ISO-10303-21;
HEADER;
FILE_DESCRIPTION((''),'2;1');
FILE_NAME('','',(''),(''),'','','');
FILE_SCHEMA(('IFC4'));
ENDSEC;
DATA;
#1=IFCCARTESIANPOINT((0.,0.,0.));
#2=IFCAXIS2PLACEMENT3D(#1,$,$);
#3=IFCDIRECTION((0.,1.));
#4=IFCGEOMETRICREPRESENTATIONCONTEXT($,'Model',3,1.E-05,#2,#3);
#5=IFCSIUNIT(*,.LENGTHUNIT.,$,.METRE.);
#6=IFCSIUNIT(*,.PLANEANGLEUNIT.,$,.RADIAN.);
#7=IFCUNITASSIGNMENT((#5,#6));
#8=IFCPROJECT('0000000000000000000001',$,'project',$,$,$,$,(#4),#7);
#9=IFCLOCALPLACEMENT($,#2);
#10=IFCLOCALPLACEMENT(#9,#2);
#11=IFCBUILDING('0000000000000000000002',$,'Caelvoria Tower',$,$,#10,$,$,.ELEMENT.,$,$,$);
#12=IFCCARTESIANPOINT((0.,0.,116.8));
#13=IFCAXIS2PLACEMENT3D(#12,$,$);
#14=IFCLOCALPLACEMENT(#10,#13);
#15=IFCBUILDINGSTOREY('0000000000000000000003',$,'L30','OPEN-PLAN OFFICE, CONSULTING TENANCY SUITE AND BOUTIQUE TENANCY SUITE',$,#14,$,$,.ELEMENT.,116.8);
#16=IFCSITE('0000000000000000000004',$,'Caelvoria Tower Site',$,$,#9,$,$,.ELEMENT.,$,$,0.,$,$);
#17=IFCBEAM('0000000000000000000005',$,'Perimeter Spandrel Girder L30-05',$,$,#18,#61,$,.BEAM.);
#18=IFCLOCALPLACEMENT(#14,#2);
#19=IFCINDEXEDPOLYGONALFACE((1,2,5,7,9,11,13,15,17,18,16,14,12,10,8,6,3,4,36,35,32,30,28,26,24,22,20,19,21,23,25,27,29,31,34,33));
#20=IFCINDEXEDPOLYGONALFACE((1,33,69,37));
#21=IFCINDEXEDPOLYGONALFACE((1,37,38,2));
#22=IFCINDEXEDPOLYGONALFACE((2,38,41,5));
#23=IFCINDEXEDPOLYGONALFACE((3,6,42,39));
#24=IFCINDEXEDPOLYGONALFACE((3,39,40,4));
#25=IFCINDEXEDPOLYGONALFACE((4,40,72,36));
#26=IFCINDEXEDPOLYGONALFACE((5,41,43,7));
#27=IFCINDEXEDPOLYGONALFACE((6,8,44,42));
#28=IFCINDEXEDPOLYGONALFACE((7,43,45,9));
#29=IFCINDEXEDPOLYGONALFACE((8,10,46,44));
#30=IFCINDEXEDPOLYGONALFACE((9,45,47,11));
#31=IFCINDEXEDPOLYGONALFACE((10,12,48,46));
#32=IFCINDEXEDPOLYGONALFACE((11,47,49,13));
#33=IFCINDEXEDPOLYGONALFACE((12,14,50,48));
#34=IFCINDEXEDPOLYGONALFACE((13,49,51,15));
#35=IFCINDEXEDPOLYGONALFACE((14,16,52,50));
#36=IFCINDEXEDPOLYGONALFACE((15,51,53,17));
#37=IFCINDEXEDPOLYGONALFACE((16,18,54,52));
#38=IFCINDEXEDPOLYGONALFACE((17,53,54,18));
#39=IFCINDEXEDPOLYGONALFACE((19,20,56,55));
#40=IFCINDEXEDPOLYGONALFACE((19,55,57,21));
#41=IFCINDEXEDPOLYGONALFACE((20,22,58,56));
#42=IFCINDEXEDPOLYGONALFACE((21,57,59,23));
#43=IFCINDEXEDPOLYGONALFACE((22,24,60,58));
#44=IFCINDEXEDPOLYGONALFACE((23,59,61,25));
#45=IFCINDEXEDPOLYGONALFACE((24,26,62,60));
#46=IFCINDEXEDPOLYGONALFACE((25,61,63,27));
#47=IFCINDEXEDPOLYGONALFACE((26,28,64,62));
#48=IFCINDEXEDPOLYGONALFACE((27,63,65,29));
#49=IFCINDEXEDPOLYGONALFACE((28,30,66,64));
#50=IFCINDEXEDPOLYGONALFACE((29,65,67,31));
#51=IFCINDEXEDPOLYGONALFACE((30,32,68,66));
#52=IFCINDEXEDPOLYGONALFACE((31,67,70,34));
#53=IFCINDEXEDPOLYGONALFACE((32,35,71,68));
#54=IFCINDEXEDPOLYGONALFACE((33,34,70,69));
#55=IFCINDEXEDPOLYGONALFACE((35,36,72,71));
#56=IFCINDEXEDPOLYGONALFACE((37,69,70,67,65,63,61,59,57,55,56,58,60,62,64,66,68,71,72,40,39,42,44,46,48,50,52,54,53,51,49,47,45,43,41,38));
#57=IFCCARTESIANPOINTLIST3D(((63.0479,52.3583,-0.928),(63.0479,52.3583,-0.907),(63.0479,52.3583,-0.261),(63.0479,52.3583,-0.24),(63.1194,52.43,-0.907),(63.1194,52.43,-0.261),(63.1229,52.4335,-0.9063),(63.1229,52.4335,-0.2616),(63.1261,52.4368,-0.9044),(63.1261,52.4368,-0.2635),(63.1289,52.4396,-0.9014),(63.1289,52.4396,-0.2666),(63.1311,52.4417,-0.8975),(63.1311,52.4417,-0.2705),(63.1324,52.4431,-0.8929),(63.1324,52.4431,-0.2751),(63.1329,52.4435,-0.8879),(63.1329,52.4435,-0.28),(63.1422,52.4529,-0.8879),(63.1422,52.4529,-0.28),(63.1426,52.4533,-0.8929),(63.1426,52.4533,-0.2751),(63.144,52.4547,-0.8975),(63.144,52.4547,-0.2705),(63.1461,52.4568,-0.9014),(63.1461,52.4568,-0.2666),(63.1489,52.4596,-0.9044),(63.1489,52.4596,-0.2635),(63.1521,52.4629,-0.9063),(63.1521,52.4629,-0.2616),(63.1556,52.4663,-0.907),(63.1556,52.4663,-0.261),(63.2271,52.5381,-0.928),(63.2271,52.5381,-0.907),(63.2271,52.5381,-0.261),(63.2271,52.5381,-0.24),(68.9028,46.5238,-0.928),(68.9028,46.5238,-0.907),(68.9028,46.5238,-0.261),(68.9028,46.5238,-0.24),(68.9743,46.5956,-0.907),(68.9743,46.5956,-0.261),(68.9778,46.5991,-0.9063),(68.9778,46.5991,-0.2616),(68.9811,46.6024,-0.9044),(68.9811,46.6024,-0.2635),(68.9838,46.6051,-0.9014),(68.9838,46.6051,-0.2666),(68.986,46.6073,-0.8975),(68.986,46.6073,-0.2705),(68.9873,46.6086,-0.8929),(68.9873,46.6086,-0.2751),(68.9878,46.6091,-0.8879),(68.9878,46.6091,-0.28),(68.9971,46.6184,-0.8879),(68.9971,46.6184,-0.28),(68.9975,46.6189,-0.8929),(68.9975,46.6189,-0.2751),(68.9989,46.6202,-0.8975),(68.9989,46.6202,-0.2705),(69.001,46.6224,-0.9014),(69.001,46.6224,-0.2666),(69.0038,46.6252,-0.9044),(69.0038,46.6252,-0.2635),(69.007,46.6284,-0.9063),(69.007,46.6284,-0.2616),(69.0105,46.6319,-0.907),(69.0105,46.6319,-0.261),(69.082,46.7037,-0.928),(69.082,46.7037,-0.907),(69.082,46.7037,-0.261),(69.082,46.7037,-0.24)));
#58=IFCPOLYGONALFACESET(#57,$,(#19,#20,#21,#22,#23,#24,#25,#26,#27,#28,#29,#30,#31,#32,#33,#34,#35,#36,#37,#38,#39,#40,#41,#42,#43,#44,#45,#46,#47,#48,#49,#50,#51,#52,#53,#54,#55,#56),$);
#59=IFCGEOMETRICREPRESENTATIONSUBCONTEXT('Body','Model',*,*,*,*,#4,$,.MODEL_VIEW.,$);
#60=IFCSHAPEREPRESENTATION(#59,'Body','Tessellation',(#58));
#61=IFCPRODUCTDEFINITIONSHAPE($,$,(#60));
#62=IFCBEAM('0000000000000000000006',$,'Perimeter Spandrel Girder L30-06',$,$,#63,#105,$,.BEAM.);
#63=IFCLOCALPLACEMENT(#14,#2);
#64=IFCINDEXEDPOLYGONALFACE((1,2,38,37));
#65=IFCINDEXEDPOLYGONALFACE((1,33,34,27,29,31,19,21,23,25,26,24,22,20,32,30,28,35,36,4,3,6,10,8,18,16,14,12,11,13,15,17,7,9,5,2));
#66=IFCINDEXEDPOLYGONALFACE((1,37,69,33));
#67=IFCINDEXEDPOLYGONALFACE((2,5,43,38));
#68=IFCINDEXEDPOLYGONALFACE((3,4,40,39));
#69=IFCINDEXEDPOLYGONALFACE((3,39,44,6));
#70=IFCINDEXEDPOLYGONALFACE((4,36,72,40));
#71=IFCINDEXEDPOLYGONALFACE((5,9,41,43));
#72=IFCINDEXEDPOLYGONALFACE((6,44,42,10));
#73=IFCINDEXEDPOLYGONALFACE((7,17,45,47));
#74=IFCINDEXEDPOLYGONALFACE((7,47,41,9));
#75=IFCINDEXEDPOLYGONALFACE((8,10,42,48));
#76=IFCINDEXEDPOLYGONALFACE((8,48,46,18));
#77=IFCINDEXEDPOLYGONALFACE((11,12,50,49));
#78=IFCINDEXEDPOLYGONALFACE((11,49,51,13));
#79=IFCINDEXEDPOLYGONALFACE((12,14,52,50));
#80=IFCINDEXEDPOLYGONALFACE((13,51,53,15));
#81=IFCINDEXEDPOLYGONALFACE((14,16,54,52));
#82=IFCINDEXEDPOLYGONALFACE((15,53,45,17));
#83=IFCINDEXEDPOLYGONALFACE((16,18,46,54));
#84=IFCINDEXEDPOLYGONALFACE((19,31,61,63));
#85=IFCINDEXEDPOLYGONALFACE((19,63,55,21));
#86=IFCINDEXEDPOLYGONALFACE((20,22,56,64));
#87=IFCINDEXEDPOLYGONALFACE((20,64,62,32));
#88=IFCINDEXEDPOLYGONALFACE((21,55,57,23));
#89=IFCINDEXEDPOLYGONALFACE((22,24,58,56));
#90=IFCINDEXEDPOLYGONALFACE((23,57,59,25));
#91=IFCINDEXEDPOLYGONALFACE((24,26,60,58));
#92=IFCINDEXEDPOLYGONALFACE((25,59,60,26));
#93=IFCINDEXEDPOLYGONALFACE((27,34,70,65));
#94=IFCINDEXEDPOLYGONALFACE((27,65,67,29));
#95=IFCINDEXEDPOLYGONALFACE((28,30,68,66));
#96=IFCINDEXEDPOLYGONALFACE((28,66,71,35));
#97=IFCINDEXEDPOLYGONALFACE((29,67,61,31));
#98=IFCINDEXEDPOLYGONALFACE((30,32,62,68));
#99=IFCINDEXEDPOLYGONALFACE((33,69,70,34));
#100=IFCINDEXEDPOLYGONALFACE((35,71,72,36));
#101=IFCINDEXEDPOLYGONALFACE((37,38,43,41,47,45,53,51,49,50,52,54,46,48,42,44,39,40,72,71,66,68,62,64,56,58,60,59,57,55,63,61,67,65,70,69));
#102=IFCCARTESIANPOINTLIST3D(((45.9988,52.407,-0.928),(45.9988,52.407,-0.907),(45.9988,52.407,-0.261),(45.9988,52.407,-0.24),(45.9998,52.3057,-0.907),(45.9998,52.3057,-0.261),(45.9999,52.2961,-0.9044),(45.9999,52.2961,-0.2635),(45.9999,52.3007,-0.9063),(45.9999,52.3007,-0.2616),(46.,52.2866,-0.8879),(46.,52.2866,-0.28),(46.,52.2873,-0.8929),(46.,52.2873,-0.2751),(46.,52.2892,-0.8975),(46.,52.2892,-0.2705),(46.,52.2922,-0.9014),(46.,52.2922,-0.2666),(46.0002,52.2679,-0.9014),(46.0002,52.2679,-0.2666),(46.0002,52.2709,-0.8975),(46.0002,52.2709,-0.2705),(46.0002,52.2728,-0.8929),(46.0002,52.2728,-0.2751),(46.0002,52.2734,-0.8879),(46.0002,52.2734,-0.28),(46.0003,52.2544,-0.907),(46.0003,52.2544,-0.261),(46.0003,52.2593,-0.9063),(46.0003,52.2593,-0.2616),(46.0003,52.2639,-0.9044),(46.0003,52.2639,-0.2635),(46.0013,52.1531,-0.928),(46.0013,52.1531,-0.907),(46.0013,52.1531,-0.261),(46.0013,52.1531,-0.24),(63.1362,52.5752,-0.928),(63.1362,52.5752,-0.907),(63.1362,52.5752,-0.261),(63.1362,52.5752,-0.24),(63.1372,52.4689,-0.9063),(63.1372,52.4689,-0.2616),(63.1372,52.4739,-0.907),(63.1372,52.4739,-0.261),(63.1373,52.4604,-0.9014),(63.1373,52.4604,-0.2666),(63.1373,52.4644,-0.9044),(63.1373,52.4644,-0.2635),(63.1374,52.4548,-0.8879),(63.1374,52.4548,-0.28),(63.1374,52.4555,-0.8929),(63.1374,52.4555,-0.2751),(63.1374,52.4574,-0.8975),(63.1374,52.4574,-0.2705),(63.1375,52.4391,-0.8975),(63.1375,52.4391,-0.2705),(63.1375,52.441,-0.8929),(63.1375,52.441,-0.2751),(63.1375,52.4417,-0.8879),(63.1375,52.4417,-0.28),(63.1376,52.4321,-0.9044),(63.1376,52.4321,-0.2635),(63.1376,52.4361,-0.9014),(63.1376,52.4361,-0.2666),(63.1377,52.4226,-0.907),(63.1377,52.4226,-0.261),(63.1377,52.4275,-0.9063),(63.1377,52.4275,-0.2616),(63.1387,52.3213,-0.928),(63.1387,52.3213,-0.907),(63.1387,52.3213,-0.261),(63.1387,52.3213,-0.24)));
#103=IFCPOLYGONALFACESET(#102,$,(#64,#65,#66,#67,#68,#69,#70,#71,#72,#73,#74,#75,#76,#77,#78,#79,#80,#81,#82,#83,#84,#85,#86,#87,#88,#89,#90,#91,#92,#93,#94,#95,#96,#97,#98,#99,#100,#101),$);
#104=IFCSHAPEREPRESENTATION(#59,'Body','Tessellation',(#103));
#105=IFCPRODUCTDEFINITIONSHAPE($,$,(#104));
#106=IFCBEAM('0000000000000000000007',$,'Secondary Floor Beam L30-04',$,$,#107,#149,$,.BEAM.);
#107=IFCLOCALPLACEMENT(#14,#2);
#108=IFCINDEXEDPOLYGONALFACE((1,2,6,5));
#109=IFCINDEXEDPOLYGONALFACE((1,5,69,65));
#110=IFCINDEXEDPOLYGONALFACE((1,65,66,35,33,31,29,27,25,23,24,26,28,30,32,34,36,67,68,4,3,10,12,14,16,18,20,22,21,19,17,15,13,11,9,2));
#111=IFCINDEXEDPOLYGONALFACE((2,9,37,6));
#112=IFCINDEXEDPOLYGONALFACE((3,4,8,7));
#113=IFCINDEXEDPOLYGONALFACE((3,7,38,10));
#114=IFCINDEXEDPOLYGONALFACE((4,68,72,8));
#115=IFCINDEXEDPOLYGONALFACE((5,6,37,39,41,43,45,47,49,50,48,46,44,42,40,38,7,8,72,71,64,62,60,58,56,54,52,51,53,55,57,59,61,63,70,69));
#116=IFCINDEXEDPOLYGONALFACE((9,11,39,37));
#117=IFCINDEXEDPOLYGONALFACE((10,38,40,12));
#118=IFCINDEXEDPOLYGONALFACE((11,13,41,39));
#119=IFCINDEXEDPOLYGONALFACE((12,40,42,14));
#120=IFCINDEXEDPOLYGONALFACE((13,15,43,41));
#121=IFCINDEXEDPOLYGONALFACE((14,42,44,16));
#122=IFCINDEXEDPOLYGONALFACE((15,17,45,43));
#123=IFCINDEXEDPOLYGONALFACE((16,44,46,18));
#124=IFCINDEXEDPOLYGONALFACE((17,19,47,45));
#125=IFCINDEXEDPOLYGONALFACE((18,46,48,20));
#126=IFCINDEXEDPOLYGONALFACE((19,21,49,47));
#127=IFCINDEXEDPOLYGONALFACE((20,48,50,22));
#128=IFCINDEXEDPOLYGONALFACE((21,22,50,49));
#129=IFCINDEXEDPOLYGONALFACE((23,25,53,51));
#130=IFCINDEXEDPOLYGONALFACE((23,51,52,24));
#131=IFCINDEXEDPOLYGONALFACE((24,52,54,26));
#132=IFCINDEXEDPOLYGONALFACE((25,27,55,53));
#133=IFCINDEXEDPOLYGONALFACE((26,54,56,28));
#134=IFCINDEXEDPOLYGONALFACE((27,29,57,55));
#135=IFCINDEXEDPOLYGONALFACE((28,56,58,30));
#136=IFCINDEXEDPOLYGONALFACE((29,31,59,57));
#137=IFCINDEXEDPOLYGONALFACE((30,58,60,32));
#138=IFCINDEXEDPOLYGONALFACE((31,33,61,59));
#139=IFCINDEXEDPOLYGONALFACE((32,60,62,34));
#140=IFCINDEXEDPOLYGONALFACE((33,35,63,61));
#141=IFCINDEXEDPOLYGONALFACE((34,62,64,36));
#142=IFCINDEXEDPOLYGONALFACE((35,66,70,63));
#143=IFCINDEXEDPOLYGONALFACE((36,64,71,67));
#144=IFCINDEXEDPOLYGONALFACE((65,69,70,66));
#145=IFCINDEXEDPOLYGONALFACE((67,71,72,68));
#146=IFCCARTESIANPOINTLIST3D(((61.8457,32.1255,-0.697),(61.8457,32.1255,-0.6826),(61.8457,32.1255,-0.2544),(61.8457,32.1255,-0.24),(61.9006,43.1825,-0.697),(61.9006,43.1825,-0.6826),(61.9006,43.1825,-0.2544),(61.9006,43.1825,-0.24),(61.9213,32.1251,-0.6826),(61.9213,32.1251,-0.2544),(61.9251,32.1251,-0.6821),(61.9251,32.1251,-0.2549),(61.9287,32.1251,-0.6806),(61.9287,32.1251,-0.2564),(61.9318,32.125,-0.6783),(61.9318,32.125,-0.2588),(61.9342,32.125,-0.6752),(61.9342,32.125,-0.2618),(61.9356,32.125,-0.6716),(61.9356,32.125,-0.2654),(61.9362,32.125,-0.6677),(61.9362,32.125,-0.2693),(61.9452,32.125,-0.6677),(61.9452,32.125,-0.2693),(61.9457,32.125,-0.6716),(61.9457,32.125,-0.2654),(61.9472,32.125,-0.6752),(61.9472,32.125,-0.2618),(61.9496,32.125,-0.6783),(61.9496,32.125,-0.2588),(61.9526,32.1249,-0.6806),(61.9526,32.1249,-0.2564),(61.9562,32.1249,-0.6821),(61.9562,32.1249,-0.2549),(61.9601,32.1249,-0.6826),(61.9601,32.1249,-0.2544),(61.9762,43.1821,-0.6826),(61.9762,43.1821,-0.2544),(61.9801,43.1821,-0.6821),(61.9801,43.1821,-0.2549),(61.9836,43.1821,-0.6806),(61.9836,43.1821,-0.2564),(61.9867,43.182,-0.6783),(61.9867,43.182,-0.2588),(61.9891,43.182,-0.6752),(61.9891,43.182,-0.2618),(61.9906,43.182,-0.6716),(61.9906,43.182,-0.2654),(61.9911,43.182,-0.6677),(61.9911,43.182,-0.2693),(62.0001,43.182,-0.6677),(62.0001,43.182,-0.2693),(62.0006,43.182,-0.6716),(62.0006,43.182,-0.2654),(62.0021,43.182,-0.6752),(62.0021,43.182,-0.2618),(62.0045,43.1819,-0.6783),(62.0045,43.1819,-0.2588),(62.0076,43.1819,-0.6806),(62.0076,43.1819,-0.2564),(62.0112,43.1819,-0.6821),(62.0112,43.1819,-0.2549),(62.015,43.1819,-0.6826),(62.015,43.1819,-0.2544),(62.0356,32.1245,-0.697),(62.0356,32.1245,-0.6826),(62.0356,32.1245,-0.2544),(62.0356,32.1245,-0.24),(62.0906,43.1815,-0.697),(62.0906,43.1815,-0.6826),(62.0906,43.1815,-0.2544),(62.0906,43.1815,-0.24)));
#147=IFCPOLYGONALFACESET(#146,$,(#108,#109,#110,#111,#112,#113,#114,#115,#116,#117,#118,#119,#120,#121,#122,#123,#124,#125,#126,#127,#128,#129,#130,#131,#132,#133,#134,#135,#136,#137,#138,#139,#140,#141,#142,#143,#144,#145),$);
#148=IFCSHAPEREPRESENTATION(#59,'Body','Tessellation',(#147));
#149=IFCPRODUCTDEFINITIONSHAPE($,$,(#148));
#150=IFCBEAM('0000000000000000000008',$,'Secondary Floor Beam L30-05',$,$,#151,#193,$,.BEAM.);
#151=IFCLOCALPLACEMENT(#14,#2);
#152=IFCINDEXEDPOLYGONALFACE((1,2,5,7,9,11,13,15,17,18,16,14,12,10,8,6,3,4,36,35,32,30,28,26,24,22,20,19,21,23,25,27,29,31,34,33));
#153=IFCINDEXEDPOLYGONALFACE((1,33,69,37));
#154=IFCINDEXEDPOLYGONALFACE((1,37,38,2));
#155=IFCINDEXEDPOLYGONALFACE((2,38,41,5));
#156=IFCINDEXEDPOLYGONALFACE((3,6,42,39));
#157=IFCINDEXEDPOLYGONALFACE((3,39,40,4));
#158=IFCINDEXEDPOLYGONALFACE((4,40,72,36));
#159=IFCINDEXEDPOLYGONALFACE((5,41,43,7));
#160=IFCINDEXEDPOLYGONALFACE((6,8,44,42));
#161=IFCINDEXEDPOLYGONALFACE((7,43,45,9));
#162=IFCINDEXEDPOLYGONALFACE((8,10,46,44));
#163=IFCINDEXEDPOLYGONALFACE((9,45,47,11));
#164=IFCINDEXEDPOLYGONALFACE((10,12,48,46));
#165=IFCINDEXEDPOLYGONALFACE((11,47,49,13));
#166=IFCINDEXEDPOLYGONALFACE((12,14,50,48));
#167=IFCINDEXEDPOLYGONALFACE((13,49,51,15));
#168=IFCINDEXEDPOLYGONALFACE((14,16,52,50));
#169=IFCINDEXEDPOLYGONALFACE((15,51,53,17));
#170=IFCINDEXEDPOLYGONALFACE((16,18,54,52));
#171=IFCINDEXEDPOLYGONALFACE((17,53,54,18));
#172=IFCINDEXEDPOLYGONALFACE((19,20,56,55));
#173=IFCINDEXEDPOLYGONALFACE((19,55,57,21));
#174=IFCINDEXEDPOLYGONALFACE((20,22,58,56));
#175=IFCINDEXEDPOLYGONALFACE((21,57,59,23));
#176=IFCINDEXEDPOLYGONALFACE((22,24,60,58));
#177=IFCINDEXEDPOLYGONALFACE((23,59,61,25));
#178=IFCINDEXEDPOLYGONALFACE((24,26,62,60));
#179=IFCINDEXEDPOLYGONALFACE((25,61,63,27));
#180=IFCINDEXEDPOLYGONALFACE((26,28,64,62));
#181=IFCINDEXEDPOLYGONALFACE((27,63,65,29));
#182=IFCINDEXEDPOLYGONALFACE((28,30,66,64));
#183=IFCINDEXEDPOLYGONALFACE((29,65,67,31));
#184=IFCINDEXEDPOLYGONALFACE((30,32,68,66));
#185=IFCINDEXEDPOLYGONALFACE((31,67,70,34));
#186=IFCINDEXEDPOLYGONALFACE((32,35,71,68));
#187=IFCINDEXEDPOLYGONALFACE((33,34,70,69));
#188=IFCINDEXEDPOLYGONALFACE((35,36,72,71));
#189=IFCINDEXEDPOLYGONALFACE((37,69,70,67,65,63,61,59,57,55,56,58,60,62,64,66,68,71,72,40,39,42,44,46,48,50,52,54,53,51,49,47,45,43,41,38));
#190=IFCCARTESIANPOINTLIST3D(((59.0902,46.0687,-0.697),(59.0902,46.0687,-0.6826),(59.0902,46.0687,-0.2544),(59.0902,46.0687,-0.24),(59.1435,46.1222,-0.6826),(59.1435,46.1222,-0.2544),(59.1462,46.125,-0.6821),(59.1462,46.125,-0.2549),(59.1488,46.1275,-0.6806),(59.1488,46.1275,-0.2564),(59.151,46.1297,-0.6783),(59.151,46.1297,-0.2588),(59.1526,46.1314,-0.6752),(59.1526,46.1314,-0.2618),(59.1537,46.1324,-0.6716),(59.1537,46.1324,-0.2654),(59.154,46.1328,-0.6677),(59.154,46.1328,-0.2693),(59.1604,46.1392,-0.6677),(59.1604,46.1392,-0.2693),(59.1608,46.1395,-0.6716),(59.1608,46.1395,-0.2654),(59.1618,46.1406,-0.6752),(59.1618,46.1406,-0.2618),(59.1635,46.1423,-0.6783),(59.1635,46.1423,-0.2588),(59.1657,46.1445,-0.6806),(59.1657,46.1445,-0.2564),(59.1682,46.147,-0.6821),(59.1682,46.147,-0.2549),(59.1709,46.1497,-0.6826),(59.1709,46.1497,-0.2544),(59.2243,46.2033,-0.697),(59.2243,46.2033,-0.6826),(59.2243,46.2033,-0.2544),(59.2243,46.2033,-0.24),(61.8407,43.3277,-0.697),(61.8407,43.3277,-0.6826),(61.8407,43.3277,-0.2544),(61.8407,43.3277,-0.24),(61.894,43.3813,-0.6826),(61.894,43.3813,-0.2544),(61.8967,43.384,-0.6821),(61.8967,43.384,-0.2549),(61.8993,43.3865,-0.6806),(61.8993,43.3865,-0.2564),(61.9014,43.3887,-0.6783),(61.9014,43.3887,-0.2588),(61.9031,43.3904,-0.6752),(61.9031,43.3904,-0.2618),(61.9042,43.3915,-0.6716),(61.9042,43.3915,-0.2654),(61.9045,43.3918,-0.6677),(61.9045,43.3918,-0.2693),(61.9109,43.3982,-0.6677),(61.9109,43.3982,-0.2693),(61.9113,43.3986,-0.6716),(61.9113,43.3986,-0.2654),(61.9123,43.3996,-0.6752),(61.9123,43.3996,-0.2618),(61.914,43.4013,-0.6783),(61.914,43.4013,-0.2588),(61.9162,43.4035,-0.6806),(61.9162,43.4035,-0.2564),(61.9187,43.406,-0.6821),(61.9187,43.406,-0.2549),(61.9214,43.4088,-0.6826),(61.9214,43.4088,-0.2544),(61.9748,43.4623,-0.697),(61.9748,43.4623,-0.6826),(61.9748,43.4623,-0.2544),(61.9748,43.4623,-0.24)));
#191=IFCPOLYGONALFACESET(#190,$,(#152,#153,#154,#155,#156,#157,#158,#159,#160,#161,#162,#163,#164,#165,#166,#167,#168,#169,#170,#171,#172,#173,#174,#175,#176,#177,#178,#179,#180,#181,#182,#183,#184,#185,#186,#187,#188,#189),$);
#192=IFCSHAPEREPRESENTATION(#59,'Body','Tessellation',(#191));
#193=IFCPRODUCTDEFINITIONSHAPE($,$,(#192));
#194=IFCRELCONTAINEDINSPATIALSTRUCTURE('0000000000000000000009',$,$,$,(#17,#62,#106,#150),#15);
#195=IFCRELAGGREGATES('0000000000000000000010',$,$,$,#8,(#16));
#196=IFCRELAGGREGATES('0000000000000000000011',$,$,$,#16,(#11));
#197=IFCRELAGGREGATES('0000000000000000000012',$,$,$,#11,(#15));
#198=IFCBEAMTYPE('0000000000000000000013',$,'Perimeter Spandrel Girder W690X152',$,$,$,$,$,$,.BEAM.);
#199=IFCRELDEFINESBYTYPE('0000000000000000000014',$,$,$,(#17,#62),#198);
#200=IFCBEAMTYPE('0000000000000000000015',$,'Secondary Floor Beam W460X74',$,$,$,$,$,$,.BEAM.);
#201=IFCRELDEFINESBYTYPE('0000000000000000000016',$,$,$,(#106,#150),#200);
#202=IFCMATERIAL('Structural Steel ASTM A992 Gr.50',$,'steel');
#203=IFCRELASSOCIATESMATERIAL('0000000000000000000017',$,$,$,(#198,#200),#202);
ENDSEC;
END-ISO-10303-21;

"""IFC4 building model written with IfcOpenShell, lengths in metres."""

from ifc_helpers import new_model, si_unit, direction, frame, origin, origin_2d, place, context, subcontext, project, spatial, i_section, extrude, material, material_profile, profile_set, type_object, element, save


model = new_model("IFC4")

# Units and contexts
model_context = context("Model", 3, precision=1e-05, world=origin(), true_north=direction((0.0, 1.0)))
body_context = subcontext(model_context, "Body", "Model", "MODEL_VIEW")
ifc_project = project(units=[si_unit("LENGTHUNIT", "METRE"), si_unit("PLANEANGLEUNIT", "RADIAN")], contexts=[model_context])

# Site, building, storey
site_placement = place(None, origin())
site = spatial("IfcSite", under=ifc_project, at=site_placement, Name="Caelvoria Tower Site", CompositionType="ELEMENT", RefElevation=0.0)
building_placement = place(site_placement, origin())
building = spatial("IfcBuilding", under=site, at=building_placement, Name="Caelvoria Tower", CompositionType="ELEMENT")
storey_placement = place(building_placement, frame((0.0, 0.0, 116.8)))
storey = spatial("IfcBuildingStorey", under=building, at=storey_placement, Name="L30", Description="OPEN-PLAN OFFICE, CONSULTING TENANCY SUITE AND BOUTIQUE TENANCY SUITE", CompositionType="ELEMENT", Elevation=116.8)

# Beams
ifc_material_1 = material(Name="Structural Steel ASTM A992 Gr.50", Category="steel")
ifc_material_profile_1 = material_profile(ifc_material_1, i_section(OverallWidth=0.2539, OverallDepth=0.688, WebThickness=0.0132, FlangeThickness=0.021, FilletRadius=0.019, at=origin_2d()), Name="Structural Steel ASTM A992 Gr.50")
ifc_profile_set_1 = profile_set([ifc_material_profile_1], Name="W690X152 - Structural Steel ASTM A992 Gr.50")
beam_type_1 = type_object("IfcBeamType", Name="Perimeter Spandrel Girder W690X152", PredefinedType="BEAM", material=ifc_profile_set_1)
beam_1_placement = place(storey_placement, frame((68.9924, 46.6138, -0.584), z_axis=(-0.708346, 0.705865, 0.0), x_axis=(-0.705865, -0.708346, 0.0)))
element("IfcBeam", 1, at=beam_1_placement, inside=storey, type_object=beam_type_1, Name="Perimeter Spandrel Girder L30-05", PredefinedType="BEAM", context=body_context, shape_type="SweptSolid", body=[
    extrude(i_section(OverallWidth=0.2539, OverallDepth=0.688, WebThickness=0.0132, FlangeThickness=0.021, FilletRadius=0.019, at=origin_2d()), origin(), (0.0, 0.0, 1.0), 8.2656),
])
beam_2_placement = place(storey_placement, frame((63.1375, 52.4482, -0.584), z_axis=(-0.999952, -0.009815, 0.0), x_axis=(0.009815, -0.999952, 0.0)))
element("IfcBeam", 2, at=beam_2_placement, inside=storey, type_object=beam_type_1, Name="Perimeter Spandrel Girder L30-06", PredefinedType="BEAM", context=body_context, shape_type="SweptSolid", body=[
    extrude(i_section(OverallWidth=0.2539, OverallDepth=0.688, WebThickness=0.0132, FlangeThickness=0.021, FilletRadius=0.019, at=origin_2d()), origin(), (0.0, 0.0, 1.0), 17.1382),
])
ifc_material_profile_2 = material_profile(ifc_material_1, i_section(OverallWidth=0.1899, OverallDepth=0.457, WebThickness=0.009, FlangeThickness=0.0144, FilletRadius=0.0149, at=origin_2d()), Name="Structural Steel ASTM A992 Gr.50")
ifc_profile_set_2 = profile_set([ifc_material_profile_2], Name="W460X74 - Structural Steel ASTM A992 Gr.50")
beam_type_2 = type_object("IfcBeamType", Name="Secondary Floor Beam W460X74", PredefinedType="BEAM", material=ifc_profile_set_2)
beam_3_placement = place(storey_placement, frame((61.9407, 32.125, -0.4685), z_axis=(0.004968, 0.999988, 0.0), x_axis=(-0.999988, 0.004968, 0.0)))
element("IfcBeam", 3, at=beam_3_placement, inside=storey, type_object=beam_type_2, Name="Secondary Floor Beam L30-04", PredefinedType="BEAM", context=body_context, shape_type="SweptSolid", body=[
    extrude(i_section(OverallWidth=0.1899, OverallDepth=0.457, WebThickness=0.009, FlangeThickness=0.0144, FilletRadius=0.0149, at=origin_2d()), origin(), (0.0, 0.0, 1.0), 11.0571),
])
beam_4_placement = place(storey_placement, frame((61.9077, 43.395, -0.4685), z_axis=(-0.708332, 0.70588, 0.0), x_axis=(-0.70588, -0.708332, 0.0)))
element("IfcBeam", 4, at=beam_4_placement, inside=storey, type_object=beam_type_2, Name="Secondary Floor Beam L30-05", PredefinedType="BEAM", context=body_context, shape_type="SweptSolid", body=[
    extrude(i_section(OverallWidth=0.1899, OverallDepth=0.457, WebThickness=0.009, FlangeThickness=0.0144, FilletRadius=0.0149, at=origin_2d()), origin(), (0.0, 0.0, 1.0), 3.8831),
])

save(model, "model.ifc")
